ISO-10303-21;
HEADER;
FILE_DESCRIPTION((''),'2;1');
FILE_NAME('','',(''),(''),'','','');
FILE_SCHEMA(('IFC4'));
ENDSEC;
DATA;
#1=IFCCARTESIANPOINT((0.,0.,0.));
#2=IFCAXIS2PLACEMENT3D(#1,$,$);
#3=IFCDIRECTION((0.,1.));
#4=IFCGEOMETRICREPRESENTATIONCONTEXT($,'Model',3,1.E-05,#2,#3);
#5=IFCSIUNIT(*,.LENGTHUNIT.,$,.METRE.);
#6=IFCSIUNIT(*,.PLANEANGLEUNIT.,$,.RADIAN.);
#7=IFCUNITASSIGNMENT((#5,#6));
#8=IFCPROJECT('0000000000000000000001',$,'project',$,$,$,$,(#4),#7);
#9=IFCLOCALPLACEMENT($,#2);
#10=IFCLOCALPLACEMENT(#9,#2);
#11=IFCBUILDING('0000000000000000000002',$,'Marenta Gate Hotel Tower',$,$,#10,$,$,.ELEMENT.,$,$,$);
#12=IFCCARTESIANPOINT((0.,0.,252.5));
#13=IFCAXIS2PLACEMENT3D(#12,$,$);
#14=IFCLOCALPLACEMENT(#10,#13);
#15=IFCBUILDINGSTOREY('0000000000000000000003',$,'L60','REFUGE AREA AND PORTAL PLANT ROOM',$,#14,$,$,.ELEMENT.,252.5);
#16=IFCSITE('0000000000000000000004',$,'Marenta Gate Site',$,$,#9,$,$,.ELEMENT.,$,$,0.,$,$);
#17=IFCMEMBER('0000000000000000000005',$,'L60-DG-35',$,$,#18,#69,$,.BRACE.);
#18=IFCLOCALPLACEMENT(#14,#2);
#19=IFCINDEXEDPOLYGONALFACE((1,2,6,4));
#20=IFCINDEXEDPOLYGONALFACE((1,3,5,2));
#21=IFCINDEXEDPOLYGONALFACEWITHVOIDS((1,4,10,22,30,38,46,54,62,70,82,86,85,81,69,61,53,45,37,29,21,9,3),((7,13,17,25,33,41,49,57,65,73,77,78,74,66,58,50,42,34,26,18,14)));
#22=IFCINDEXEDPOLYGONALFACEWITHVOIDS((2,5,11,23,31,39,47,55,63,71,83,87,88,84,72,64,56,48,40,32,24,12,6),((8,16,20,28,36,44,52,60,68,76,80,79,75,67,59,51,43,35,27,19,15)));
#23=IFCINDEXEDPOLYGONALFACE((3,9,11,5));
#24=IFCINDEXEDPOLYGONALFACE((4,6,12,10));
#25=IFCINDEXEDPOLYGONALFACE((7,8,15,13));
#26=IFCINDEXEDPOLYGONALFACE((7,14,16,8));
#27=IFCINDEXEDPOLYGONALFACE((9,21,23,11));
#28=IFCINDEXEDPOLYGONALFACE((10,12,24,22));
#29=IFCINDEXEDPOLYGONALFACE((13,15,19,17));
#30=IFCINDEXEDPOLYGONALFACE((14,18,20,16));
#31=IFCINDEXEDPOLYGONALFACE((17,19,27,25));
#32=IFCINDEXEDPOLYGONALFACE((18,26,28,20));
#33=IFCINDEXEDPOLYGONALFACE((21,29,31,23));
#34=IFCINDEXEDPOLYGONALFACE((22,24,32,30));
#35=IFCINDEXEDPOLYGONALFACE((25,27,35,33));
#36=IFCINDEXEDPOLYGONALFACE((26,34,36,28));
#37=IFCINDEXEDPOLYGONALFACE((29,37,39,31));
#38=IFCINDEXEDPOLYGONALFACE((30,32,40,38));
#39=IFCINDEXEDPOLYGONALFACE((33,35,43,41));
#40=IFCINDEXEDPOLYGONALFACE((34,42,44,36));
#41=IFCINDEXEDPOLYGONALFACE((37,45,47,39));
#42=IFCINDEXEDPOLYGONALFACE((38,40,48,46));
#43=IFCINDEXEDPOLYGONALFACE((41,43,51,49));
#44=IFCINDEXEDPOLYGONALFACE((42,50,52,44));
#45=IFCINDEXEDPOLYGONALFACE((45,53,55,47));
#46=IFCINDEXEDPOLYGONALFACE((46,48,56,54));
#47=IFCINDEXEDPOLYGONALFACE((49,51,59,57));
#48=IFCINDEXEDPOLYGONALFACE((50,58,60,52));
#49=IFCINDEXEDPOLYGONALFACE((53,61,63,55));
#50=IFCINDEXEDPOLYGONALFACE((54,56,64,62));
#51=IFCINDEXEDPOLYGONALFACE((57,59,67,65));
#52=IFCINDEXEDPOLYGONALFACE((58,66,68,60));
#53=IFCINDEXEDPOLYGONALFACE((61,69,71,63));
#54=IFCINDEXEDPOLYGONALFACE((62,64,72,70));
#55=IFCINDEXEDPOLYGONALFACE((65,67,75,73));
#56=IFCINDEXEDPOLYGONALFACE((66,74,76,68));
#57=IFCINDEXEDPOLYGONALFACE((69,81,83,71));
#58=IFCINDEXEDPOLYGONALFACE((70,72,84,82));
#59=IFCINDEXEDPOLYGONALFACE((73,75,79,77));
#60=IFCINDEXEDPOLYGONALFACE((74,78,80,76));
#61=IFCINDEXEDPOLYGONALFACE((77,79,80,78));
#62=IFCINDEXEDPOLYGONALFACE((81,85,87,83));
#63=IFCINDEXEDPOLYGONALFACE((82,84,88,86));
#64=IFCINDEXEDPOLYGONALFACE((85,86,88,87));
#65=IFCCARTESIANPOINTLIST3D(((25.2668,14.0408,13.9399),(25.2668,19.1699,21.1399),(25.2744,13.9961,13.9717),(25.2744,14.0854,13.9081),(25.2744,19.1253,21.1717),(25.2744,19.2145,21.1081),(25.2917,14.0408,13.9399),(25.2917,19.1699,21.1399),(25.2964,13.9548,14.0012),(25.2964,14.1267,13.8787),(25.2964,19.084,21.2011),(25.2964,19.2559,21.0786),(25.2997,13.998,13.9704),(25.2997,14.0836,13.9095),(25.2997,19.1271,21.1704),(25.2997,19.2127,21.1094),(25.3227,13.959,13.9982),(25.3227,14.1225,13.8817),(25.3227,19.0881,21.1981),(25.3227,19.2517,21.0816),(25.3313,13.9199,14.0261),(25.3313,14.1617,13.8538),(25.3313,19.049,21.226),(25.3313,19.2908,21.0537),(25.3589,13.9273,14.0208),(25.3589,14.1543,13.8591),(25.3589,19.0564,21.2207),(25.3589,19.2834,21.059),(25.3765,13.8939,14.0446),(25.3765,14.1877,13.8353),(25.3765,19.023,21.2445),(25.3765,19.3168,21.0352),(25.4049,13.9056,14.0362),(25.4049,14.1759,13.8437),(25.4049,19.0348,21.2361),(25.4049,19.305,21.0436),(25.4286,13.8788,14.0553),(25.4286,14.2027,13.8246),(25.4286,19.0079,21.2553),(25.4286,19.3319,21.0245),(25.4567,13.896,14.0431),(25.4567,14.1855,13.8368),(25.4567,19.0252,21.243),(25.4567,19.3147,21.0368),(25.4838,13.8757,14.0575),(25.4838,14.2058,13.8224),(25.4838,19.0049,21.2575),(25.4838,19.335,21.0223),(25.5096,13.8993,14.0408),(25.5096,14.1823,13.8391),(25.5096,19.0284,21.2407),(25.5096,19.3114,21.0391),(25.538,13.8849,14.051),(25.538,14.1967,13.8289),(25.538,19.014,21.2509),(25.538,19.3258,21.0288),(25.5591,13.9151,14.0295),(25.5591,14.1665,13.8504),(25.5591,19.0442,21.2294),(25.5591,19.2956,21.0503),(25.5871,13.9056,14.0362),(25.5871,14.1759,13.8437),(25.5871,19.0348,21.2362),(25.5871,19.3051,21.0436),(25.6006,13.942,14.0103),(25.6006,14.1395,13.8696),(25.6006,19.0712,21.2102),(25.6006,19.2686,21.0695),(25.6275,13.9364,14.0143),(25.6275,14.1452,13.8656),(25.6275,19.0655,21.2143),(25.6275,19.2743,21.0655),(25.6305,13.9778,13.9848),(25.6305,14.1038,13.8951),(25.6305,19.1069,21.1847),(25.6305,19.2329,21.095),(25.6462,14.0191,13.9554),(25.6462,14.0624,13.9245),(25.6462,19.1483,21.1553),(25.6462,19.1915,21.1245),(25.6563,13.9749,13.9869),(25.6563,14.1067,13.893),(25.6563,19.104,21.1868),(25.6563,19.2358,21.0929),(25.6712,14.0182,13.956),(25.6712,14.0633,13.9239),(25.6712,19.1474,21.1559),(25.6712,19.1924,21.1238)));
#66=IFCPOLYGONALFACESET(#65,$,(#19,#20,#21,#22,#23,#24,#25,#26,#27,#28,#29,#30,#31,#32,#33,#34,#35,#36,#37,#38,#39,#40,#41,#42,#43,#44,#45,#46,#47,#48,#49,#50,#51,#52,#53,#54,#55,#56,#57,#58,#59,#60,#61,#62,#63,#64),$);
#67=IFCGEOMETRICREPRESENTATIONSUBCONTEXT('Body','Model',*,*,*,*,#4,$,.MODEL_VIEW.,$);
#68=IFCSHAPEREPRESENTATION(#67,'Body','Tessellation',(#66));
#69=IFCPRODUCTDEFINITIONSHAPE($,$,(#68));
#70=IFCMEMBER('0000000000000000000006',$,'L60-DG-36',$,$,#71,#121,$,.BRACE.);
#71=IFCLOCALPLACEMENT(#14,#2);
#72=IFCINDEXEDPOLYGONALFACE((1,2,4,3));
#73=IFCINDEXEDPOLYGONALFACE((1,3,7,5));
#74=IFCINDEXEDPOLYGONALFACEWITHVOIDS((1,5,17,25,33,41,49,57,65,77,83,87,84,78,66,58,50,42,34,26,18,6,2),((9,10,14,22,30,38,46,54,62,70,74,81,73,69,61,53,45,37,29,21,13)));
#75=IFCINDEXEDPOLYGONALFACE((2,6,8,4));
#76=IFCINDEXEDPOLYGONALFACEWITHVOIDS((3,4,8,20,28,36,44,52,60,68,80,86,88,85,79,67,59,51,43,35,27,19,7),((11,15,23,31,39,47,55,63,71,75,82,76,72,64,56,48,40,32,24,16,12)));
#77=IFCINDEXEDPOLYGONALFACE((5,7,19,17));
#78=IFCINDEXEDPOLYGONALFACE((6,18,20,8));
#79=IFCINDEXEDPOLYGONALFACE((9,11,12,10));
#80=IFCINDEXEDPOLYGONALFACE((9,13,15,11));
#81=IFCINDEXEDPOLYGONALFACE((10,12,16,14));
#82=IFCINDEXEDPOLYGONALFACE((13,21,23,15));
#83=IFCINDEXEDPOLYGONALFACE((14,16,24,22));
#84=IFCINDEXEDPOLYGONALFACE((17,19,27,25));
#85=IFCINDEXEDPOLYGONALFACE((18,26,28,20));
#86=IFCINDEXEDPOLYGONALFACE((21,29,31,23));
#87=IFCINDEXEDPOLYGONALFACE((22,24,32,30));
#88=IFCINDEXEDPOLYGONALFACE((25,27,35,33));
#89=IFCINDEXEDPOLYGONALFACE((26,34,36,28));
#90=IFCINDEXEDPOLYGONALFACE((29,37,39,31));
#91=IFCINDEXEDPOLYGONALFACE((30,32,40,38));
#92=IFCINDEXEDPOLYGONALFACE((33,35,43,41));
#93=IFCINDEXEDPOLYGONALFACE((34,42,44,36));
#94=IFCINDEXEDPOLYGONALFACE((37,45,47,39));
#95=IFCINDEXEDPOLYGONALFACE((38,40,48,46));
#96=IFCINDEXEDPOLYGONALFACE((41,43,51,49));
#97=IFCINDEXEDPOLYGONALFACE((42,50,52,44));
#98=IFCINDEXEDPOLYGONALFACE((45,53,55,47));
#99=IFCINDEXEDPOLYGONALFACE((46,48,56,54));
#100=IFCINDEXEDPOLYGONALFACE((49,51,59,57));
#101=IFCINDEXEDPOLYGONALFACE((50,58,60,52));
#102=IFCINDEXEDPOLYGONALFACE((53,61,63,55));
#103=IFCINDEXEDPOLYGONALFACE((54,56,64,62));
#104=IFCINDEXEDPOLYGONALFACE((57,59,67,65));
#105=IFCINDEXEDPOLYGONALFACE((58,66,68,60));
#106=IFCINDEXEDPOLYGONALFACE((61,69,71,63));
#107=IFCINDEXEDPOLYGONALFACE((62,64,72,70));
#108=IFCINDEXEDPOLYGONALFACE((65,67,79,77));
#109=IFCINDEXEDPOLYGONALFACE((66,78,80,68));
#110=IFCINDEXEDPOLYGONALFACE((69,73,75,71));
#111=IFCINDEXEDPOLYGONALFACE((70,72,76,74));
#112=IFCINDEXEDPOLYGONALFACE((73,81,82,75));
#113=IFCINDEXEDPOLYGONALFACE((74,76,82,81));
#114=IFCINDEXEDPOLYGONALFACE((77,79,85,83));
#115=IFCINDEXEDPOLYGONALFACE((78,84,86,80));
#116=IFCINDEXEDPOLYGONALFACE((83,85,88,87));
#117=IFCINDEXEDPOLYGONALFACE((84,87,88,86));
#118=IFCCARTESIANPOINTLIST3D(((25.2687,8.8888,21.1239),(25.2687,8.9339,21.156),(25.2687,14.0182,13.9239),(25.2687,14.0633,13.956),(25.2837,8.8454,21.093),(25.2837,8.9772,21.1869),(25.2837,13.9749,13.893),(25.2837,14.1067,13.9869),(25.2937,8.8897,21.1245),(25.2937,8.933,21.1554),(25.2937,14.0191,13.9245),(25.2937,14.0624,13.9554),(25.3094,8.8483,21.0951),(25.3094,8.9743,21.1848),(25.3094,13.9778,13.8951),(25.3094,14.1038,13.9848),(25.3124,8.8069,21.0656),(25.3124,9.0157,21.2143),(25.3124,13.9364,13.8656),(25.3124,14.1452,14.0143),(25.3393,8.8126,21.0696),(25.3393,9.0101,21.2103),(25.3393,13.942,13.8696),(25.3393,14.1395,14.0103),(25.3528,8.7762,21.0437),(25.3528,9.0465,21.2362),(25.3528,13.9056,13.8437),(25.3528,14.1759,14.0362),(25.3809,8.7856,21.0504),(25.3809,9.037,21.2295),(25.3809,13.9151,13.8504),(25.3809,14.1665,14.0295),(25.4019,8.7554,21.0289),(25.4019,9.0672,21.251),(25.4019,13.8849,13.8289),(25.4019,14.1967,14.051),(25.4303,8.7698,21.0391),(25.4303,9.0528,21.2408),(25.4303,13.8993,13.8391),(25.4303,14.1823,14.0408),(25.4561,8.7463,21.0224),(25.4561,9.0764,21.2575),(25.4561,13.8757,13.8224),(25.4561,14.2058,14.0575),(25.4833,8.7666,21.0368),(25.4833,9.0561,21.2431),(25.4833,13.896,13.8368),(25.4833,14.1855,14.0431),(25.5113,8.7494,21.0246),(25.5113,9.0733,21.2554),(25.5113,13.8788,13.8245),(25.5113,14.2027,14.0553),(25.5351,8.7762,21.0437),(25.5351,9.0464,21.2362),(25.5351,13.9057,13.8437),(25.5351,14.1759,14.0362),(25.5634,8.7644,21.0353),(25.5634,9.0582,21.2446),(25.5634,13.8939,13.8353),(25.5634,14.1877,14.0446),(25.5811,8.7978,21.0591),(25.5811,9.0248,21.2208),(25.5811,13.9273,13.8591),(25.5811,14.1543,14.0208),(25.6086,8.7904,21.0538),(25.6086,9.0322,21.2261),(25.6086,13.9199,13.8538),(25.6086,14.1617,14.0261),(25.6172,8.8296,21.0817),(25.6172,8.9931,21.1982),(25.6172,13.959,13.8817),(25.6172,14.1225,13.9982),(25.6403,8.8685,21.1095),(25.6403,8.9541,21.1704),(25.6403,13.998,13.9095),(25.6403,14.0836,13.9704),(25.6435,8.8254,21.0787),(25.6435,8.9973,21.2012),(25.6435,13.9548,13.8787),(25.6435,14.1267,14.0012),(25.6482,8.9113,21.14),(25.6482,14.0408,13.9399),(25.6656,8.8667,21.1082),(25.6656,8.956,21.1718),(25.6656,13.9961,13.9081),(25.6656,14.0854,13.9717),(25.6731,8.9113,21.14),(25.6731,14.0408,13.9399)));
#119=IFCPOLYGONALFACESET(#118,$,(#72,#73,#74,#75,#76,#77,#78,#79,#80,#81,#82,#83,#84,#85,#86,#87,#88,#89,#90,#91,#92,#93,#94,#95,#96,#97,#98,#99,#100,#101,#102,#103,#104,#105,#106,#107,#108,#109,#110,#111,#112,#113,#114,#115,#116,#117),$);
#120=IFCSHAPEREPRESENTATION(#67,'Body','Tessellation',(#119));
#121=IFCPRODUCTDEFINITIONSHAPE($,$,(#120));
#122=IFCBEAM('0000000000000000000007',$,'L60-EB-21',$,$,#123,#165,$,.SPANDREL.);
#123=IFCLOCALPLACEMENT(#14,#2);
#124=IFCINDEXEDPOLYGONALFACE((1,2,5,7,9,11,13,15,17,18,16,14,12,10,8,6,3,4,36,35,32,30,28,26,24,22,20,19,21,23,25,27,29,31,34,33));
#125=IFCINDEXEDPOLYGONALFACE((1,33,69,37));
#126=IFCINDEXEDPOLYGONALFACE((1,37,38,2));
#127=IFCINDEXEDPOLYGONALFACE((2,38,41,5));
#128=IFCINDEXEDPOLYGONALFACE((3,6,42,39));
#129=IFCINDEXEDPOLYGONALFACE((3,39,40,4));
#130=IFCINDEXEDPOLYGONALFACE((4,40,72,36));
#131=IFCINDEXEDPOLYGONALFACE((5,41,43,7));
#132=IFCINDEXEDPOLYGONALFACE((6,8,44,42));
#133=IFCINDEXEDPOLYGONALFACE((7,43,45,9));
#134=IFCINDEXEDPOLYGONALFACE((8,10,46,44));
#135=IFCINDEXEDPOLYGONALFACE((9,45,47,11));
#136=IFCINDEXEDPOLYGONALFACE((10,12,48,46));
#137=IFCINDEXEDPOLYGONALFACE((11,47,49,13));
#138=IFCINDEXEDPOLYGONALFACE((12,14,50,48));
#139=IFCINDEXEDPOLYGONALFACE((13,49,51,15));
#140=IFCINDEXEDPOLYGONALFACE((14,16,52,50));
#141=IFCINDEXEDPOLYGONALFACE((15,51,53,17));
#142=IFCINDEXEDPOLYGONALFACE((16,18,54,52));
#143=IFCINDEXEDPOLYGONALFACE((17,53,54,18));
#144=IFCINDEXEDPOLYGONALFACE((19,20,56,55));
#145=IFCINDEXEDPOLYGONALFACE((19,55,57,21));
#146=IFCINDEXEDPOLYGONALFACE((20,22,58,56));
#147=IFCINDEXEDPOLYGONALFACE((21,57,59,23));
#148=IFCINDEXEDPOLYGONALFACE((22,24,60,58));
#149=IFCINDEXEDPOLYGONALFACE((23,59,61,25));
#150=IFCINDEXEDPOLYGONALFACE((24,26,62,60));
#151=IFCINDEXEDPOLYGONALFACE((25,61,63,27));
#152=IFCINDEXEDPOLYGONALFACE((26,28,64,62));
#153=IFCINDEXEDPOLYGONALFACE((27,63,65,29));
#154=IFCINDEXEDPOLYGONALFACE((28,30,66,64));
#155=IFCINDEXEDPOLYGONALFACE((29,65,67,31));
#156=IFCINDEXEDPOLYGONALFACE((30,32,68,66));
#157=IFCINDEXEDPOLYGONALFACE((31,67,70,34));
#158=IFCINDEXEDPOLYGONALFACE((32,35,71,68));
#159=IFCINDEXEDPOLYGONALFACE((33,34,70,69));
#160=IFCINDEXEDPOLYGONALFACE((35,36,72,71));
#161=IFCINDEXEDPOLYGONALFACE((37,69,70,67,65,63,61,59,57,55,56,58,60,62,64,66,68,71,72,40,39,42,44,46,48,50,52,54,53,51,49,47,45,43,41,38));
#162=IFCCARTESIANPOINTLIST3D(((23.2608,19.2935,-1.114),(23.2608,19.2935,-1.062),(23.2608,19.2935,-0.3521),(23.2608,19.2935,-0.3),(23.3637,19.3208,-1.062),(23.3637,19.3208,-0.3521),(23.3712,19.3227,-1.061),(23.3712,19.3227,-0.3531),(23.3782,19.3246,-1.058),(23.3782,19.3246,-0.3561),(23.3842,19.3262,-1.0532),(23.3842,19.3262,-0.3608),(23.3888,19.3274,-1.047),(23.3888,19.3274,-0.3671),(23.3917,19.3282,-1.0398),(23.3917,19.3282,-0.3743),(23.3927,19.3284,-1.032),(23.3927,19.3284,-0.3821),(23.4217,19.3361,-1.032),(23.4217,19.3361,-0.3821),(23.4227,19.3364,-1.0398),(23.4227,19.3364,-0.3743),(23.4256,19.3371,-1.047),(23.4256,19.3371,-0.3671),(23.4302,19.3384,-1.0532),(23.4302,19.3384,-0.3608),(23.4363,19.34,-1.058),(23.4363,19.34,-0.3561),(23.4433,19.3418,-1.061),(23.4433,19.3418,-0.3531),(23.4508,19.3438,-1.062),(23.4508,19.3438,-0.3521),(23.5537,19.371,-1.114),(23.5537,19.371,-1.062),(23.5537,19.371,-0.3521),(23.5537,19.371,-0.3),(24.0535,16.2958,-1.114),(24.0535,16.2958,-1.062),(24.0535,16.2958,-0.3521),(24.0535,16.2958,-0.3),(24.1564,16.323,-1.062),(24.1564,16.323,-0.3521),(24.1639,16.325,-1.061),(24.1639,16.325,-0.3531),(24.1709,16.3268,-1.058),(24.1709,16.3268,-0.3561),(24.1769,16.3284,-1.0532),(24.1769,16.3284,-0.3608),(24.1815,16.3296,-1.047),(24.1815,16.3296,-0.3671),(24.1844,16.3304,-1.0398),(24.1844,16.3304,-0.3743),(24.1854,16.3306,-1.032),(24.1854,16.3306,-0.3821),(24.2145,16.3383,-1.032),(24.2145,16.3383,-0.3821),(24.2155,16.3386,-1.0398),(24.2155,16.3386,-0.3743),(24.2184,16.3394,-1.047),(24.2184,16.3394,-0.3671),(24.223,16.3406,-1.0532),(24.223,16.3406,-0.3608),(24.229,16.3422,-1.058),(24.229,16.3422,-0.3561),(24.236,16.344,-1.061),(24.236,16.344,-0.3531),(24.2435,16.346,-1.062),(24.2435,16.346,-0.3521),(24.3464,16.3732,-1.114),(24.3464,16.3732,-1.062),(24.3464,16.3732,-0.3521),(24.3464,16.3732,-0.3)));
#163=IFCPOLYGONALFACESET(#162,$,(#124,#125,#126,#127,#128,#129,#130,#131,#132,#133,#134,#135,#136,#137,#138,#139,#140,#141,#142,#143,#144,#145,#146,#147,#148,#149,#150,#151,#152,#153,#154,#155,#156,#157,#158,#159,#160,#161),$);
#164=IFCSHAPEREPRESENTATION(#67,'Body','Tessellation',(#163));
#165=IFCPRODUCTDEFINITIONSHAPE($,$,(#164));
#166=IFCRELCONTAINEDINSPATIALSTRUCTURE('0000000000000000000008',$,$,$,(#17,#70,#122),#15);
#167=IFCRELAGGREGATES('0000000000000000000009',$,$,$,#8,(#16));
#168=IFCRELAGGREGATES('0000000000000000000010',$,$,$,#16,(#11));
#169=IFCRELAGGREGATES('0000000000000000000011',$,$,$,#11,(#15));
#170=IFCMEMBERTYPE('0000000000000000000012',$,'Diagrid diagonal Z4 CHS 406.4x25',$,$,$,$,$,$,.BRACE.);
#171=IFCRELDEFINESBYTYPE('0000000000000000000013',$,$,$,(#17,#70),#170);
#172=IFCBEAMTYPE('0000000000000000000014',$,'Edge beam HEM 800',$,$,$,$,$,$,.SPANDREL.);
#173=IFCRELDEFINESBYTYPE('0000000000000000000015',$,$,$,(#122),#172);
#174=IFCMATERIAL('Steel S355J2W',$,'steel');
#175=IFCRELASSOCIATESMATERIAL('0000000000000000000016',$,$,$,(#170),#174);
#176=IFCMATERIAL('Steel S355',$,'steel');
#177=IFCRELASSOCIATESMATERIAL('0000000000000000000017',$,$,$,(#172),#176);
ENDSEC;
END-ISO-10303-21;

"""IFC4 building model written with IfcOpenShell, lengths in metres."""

from ifc_helpers import new_model, si_unit, direction, frame, origin, origin_2d, place, context, subcontext, project, spatial, hollow_circle, i_section, extrude, material, material_profile, profile_set, type_object, element, save


model = new_model("IFC4")

# Units and contexts
model_context = context("Model", 3, precision=1e-05, world=origin(), true_north=direction((0.0, 1.0)))
body_context = subcontext(model_context, "Body", "Model", "MODEL_VIEW")
ifc_project = project(units=[si_unit("LENGTHUNIT", "METRE"), si_unit("PLANEANGLEUNIT", "RADIAN")], contexts=[model_context])

# Site, building, storey
site_placement = place(None, origin())
site = spatial("IfcSite", under=ifc_project, at=site_placement, Name="Marenta Gate Site", CompositionType="ELEMENT", RefElevation=0.0)
building_placement = place(site_placement, origin())
building = spatial("IfcBuilding", under=site, at=building_placement, Name="Marenta Gate Hotel Tower", CompositionType="ELEMENT")
storey_placement = place(building_placement, frame((0.0, 0.0, 252.5)))
storey = spatial("IfcBuildingStorey", under=building, at=storey_placement, Name="L60", Description="REFUGE AREA AND PORTAL PLANT ROOM", CompositionType="ELEMENT", Elevation=252.5)

# Members
ifc_material_1 = material(Name="Steel S355J2W", Category="steel")
ifc_material_profile_1 = material_profile(ifc_material_1, hollow_circle(Radius=0.2031, WallThickness=0.0249, at=origin_2d()), Name="CHS 406.4x25")
ifc_profile_set_1 = profile_set([ifc_material_profile_1], Name="Steel S355J2W")
member_type_1 = type_object("IfcMemberType", Name="Diagrid diagonal Z4 CHS 406.4x25", PredefinedType="BRACE", material=ifc_profile_set_1)
member_1_placement = place(storey_placement, frame((25.47, 14.0408, 13.9399), z_axis=(0.0, 0.580214, 0.814464), x_axis=(-1.0, 0.0, 0.0)))
element("IfcMember", 1, at=member_1_placement, inside=storey, type_object=member_type_1, Name="L60-DG-35", PredefinedType="BRACE", context=body_context, shape_type="SweptSolid", body=[
    extrude(hollow_circle(Radius=0.2031, WallThickness=0.0249, at=origin_2d()), origin(), (0.0, 0.0, 1.0), 8.8401),
])
member_2_placement = place(storey_placement, frame((25.47, 14.0408, 13.9399), z_axis=(0.0, -0.580232, 0.814451), x_axis=(1.0, 0.0, 0.0)))
element("IfcMember", 2, at=member_2_placement, inside=storey, type_object=member_type_1, Name="L60-DG-36", PredefinedType="BRACE", context=body_context, shape_type="SweptSolid", body=[
    extrude(hollow_circle(Radius=0.2031, WallThickness=0.0249, at=origin_2d()), origin(), (0.0, 0.0, 1.0), 8.8403),
])

# Beam
ifc_material_2 = material(Name="Steel S355", Category="steel")
ifc_material_profile_2 = material_profile(ifc_material_2, i_section(OverallWidth=0.303, OverallDepth=0.814, WebThickness=0.03, FlangeThickness=0.052, FilletRadius=0.03, at=origin_2d()), Name="HEM 800")
ifc_profile_set_2 = profile_set([ifc_material_profile_2], Name="Steel S355")
beam_type_1 = type_object("IfcBeamType", Name="Edge beam HEM 800", PredefinedType="SPANDREL", material=ifc_profile_set_2)
beam_1_placement = place(storey_placement, frame((23.4072, 19.3323, -0.707), z_axis=(0.255648, -0.96677, 0.0), x_axis=(0.96677, 0.255648, 0.0)))
element("IfcBeam", 3, at=beam_1_placement, inside=storey, type_object=beam_type_1, Name="L60-EB-21", PredefinedType="SPANDREL", context=body_context, shape_type="SweptSolid", body=[
    extrude(i_section(OverallWidth=0.303, OverallDepth=0.814, WebThickness=0.03, FlangeThickness=0.052, FilletRadius=0.03, at=origin_2d()), origin(), (0.0, 0.0, 1.0), 3.1008),
])

save(model, "model.ifc")
